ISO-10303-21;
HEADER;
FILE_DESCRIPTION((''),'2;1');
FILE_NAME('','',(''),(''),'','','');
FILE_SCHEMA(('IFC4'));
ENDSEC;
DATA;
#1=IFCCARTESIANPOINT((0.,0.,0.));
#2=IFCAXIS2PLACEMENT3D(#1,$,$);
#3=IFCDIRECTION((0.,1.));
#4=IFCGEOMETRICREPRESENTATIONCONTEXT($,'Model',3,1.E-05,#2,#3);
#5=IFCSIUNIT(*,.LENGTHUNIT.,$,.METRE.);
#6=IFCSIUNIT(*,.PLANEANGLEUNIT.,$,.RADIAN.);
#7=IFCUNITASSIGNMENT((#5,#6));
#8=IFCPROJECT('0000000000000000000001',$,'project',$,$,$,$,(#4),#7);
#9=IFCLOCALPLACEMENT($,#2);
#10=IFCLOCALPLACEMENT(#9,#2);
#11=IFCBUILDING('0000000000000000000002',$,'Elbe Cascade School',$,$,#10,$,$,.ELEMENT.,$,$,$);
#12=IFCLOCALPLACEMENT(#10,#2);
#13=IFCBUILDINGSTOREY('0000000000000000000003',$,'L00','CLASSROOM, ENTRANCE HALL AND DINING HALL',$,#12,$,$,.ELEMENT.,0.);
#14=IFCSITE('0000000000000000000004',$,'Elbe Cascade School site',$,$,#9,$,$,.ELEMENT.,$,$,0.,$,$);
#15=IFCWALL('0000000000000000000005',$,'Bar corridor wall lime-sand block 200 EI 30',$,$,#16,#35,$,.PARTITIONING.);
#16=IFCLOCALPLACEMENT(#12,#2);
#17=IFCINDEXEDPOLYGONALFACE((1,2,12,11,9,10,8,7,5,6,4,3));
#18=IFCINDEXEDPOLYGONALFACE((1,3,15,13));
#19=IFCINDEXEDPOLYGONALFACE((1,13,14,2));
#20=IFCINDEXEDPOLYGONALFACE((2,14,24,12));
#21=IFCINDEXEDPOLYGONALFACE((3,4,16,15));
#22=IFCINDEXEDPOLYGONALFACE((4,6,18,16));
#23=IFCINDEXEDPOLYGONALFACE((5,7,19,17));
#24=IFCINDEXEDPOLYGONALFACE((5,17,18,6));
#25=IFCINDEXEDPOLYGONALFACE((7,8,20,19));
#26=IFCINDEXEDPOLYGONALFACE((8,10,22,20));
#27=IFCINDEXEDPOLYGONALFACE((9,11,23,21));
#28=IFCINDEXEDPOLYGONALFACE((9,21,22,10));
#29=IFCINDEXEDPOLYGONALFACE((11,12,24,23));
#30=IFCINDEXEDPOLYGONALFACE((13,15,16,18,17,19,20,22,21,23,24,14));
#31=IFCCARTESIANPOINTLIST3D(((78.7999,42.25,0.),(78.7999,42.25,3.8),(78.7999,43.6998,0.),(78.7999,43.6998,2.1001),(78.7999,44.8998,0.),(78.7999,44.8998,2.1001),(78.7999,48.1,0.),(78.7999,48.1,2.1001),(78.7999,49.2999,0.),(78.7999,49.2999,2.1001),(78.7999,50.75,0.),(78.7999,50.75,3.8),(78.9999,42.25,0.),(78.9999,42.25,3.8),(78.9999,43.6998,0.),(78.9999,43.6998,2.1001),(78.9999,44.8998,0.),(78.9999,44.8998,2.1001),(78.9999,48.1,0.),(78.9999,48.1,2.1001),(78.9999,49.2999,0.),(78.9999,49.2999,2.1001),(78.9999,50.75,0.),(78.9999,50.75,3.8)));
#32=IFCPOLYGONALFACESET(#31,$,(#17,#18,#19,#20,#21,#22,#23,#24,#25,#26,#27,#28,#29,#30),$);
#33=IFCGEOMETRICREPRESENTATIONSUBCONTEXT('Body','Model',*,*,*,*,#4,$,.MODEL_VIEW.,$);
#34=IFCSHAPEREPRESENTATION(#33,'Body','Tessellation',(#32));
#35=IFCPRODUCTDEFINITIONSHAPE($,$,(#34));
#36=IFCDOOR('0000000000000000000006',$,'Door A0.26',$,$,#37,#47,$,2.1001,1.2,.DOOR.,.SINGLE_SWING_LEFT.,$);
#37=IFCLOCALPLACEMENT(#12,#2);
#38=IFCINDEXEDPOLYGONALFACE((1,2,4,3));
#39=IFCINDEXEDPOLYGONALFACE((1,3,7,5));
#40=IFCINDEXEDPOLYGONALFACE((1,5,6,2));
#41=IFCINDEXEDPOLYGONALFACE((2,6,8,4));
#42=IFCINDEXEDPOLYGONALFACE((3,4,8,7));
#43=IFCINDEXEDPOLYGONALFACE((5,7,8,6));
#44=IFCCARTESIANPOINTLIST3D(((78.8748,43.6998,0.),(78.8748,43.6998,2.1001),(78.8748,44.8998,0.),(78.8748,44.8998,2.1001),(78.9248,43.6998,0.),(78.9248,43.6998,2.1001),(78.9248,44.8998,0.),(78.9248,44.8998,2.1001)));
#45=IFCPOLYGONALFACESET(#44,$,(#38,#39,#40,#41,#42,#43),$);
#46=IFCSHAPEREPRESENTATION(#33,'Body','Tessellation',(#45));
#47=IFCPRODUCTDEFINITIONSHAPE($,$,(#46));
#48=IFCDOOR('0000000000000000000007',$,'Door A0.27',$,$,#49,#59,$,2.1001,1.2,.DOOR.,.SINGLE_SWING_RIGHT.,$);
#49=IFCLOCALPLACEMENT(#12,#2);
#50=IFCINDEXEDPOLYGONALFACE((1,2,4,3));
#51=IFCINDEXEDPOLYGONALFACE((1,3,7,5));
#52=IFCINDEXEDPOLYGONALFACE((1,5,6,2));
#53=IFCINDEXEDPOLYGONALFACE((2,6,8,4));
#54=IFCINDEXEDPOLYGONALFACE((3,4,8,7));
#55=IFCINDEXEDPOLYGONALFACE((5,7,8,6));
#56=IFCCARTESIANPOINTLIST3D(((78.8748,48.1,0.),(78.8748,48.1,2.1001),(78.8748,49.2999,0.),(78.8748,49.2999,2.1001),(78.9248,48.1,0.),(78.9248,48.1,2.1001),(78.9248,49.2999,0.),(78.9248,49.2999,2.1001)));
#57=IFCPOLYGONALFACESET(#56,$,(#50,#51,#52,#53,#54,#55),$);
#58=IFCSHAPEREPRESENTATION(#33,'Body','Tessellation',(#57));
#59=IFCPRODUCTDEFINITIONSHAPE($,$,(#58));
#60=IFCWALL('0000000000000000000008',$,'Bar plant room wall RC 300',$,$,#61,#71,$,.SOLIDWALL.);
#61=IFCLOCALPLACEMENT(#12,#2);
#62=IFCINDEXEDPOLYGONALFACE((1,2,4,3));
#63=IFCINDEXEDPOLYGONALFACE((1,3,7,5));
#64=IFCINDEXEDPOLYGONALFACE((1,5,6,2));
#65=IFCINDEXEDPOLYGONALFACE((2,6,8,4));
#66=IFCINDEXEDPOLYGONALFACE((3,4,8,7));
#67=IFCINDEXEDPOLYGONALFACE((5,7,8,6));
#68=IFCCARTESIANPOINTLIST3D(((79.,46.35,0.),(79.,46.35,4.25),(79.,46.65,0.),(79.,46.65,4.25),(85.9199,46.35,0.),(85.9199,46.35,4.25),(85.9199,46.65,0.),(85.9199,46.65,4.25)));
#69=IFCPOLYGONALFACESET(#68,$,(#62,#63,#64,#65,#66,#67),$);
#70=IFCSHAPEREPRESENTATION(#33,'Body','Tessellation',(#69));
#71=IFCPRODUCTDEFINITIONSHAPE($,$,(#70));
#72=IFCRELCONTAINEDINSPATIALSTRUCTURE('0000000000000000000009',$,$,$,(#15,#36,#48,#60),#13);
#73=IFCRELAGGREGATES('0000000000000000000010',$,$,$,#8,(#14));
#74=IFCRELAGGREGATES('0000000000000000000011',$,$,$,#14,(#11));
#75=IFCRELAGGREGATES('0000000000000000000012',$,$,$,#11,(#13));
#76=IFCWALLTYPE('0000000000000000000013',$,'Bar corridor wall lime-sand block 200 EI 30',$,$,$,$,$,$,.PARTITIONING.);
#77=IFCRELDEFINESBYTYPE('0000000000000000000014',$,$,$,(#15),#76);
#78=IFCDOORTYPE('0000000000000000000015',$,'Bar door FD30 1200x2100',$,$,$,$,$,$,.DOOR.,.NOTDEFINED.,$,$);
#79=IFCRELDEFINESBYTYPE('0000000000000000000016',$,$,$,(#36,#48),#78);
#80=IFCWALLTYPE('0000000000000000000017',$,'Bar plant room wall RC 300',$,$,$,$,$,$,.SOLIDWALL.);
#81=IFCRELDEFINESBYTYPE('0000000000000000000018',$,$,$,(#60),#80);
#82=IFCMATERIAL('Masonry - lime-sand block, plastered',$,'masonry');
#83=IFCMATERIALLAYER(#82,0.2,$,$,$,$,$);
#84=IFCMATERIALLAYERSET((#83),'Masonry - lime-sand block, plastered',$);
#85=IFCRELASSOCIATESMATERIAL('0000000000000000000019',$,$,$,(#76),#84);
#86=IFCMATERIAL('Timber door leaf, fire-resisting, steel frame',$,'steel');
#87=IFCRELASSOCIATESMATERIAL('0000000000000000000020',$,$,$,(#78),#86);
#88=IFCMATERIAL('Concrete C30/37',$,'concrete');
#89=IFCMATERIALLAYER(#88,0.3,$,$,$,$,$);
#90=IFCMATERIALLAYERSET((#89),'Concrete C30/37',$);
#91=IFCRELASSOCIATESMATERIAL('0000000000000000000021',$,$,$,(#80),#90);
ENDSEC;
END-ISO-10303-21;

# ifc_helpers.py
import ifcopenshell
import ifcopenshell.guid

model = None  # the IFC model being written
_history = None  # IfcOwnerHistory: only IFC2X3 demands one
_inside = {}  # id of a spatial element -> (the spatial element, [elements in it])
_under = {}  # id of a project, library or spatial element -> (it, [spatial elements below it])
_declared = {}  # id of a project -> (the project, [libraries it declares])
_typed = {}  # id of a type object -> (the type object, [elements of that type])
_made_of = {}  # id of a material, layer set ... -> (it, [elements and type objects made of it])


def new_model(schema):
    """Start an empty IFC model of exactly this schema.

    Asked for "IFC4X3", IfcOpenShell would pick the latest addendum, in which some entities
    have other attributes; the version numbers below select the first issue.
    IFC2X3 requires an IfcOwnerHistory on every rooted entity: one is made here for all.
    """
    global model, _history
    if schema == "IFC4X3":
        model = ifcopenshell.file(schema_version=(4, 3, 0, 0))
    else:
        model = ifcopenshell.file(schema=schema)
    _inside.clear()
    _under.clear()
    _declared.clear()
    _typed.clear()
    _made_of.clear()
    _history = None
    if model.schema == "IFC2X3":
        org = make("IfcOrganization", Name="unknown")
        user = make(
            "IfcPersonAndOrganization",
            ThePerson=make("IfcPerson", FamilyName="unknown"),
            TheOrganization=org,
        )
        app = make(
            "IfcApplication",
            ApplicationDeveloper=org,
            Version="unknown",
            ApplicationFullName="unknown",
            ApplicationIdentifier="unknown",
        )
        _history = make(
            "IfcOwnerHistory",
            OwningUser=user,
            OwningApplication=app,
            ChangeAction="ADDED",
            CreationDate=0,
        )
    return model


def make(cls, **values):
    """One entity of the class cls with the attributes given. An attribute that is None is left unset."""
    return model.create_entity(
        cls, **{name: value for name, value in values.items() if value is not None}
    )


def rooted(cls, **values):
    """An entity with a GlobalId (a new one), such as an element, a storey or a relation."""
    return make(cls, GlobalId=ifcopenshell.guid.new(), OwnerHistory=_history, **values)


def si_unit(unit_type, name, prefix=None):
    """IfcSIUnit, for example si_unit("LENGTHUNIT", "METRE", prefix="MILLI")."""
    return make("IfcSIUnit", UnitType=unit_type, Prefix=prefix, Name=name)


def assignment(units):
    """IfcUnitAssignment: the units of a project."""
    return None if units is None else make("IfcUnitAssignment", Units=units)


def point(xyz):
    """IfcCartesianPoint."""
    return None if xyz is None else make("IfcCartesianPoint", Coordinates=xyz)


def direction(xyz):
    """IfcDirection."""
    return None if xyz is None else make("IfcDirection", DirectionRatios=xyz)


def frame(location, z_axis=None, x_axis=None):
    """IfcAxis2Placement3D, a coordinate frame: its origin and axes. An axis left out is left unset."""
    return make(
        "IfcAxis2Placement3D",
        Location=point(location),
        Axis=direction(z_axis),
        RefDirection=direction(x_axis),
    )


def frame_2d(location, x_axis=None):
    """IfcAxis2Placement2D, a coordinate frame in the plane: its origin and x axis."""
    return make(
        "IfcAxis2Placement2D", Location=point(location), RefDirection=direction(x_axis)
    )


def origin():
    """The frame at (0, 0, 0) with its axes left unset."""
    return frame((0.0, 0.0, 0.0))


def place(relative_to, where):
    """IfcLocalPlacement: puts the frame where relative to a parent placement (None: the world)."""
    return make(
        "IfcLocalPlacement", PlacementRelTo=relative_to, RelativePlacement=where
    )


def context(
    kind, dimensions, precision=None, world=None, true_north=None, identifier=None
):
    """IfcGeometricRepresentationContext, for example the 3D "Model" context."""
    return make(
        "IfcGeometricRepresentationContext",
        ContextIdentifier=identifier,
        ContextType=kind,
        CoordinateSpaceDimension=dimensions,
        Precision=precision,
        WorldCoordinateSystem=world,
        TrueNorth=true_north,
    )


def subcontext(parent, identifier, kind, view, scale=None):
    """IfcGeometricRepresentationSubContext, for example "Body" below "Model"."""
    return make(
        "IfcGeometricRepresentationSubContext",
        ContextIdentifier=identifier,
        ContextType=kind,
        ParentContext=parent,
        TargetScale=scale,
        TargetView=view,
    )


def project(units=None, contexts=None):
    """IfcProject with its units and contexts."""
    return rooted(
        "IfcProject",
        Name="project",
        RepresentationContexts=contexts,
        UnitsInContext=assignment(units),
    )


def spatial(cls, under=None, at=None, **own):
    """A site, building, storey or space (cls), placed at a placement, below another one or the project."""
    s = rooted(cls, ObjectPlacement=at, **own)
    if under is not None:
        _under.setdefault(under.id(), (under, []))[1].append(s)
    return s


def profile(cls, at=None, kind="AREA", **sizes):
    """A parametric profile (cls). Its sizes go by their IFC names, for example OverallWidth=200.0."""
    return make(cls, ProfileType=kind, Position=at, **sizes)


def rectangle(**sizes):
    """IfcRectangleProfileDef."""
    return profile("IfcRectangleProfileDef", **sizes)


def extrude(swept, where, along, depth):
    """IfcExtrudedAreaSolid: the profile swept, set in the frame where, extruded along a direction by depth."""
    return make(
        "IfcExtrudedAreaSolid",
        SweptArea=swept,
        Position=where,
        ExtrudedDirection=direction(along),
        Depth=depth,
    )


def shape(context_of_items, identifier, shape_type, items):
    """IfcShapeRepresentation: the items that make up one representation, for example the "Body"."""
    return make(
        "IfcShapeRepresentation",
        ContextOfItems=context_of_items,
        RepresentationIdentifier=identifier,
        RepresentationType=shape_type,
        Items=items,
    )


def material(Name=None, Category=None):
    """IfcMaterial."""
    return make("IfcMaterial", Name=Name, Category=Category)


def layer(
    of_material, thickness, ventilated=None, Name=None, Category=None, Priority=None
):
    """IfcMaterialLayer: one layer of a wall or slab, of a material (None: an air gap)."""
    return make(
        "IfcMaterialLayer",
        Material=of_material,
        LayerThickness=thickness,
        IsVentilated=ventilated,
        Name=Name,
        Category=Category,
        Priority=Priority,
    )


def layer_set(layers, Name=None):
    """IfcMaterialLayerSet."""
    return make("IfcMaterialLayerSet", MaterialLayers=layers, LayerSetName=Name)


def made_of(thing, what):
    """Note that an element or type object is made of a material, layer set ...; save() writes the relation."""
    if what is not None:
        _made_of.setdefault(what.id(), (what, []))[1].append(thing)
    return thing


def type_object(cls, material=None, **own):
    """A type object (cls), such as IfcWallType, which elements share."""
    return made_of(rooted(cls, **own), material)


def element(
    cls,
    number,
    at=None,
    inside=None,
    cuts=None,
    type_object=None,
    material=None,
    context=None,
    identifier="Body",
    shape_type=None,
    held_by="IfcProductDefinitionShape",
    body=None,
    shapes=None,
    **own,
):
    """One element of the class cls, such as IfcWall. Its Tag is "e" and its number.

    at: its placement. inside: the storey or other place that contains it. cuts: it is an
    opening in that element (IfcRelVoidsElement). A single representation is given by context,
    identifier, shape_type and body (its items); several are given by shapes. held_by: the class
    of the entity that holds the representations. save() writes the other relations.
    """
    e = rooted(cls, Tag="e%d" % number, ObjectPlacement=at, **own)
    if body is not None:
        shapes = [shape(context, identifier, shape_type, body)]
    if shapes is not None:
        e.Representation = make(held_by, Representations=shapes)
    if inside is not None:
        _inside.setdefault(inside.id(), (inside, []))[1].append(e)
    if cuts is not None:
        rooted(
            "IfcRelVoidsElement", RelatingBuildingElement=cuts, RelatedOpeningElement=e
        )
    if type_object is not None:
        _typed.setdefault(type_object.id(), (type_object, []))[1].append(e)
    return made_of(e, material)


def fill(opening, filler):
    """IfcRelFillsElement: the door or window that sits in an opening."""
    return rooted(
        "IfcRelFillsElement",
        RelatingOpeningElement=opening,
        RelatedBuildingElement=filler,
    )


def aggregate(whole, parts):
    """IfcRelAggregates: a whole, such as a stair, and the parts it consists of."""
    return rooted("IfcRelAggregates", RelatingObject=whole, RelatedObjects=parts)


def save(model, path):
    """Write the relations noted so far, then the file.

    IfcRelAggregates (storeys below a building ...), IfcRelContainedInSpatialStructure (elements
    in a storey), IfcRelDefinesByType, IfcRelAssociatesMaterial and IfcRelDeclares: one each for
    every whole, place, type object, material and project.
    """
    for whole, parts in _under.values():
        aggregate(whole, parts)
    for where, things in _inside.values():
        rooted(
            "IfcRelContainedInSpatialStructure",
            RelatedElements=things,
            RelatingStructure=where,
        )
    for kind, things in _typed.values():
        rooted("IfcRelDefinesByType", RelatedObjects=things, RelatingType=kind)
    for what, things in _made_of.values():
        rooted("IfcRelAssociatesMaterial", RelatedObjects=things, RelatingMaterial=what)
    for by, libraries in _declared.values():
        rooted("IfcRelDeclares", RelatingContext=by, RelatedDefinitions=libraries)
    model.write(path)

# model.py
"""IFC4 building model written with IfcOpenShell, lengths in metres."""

from ifc_helpers import new_model, si_unit, direction, frame, frame_2d, origin, place, context, subcontext, project, spatial, rectangle, extrude, material, layer, layer_set, type_object, element, fill, save


model = new_model("IFC4")

# Units and contexts
model_context = context("Model", 3, precision=1e-05, world=origin(), true_north=direction((0.0, 1.0)))
body_context = subcontext(model_context, "Body", "Model", "MODEL_VIEW")
ifc_project = project(units=[si_unit("LENGTHUNIT", "METRE"), si_unit("PLANEANGLEUNIT", "RADIAN")], contexts=[model_context])

# Site, building, storey
site_placement = place(None, origin())
site = spatial("IfcSite", under=ifc_project, at=site_placement, Name="Elbe Cascade School site", CompositionType="ELEMENT", RefElevation=0.0)
building_placement = place(site_placement, origin())
building = spatial("IfcBuilding", under=site, at=building_placement, Name="Elbe Cascade School", CompositionType="ELEMENT")
storey_placement = place(building_placement, origin())
storey = spatial("IfcBuildingStorey", under=building, at=storey_placement, Name="L00", Description="CLASSROOM, ENTRANCE HALL AND DINING HALL", CompositionType="ELEMENT", Elevation=0.0)

# Wall, openings, doors
ifc_material_1 = material(Name="Masonry - lime-sand block, plastered", Category="masonry")
ifc_layer_1 = layer(ifc_material_1, 0.2)
ifc_layer_set_1 = layer_set([ifc_layer_1], Name="Masonry - lime-sand block, plastered")
wall_type_1 = type_object("IfcWallType", Name="Bar corridor wall lime-sand block 200 EI 30", PredefinedType="PARTITIONING", material=ifc_layer_set_1)
ifc_material_2 = material(Name="Timber door leaf, fire-resisting, steel frame", Category="steel")
door_type_1 = type_object("IfcDoorType", Name="Bar door FD30 1200x2100", OperationType="NOTDEFINED", PredefinedType="DOOR", material=ifc_material_2)
wall_1_placement = place(storey_placement, frame((78.8999, 50.75, 0.0), z_axis=(0.0, 0.0, 1.0), x_axis=(0.0, -1.0, 0.0)))
wall_1 = element("IfcWall", 1, at=wall_1_placement, inside=storey, type_object=wall_type_1, Name="Bar corridor wall lime-sand block 200 EI 30", PredefinedType="PARTITIONING", context=body_context, shape_type="SweptSolid", body=[
    extrude(rectangle(XDim=8.5, YDim=0.2, at=frame_2d((4.25, 0.0))), origin(), (0.0, 0.0, 1.0), 3.8),
])
opening_1_placement = place(wall_1_placement, frame((5.8501, 0.0, 0.0)))
opening_1 = element("IfcOpeningElement", 2, at=opening_1_placement, cuts=wall_1, PredefinedType="OPENING", context=body_context, shape_type="SweptSolid", body=[
    extrude(rectangle(XDim=1.2, YDim=2.1001, at=frame_2d((0.6001, 1.05))), frame((0.0, 0.1099, 0.0), z_axis=(0.0, -1.0, 0.0), x_axis=(1.0, 0.0, 0.0)), (0.0, 0.0, 1.0), 0.22),
])
opening_2_placement = place(wall_1_placement, frame((1.45, 0.0, 0.0)))
opening_2 = element("IfcOpeningElement", 3, at=opening_2_placement, cuts=wall_1, PredefinedType="OPENING", context=body_context, shape_type="SweptSolid", body=[
    extrude(rectangle(XDim=1.2, YDim=2.1001, at=frame_2d((0.6001, 1.05))), frame((0.0, 0.1099, 0.0), z_axis=(0.0, -1.0, 0.0), x_axis=(1.0, 0.0, 0.0)), (0.0, 0.0, 1.0), 0.22),
])
door_1_placement = place(opening_1_placement, origin())
door_1 = element("IfcDoor", 4, at=door_1_placement, inside=storey, type_object=door_type_1, Name="Door A0.26", OperationType="SINGLE_SWING_LEFT", OverallHeight=2.1001, OverallWidth=1.2, PredefinedType="DOOR", context=body_context, shape_type="SweptSolid", body=[
    extrude(rectangle(XDim=1.2, YDim=2.1001, at=frame_2d((0.6001, 1.05))), frame((0.0, 0.0249, 0.0), z_axis=(0.0, -1.0, 0.0), x_axis=(1.0, 0.0, 0.0)), (0.0, 0.0, 1.0), 0.05),
])
fill(opening_1, door_1)
door_2_placement = place(opening_2_placement, origin())
door_2 = element("IfcDoor", 5, at=door_2_placement, inside=storey, type_object=door_type_1, Name="Door A0.27", OperationType="SINGLE_SWING_RIGHT", OverallHeight=2.1001, OverallWidth=1.2, PredefinedType="DOOR", context=body_context, shape_type="SweptSolid", body=[
    extrude(rectangle(XDim=1.2, YDim=2.1001, at=frame_2d((0.6001, 1.05))), frame((0.0, 0.0249, 0.0), z_axis=(0.0, -1.0, 0.0), x_axis=(1.0, 0.0, 0.0)), (0.0, 0.0, 1.0), 0.05),
])
fill(opening_2, door_2)

# Wall
ifc_material_3 = material(Name="Concrete C30/37", Category="concrete")
ifc_layer_2 = layer(ifc_material_3, 0.3)
ifc_layer_set_2 = layer_set([ifc_layer_2], Name="Concrete C30/37")
wall_type_2 = type_object("IfcWallType", Name="Bar plant room wall RC 300", PredefinedType="SOLIDWALL", material=ifc_layer_set_2)
wall_2_placement = place(storey_placement, frame((79.0, 46.5, 0.0), z_axis=(0.0, 0.0, 1.0), x_axis=(1.0, 0.0, 0.0)))
element("IfcWall", 6, at=wall_2_placement, inside=storey, type_object=wall_type_2, Name="Bar plant room wall RC 300", PredefinedType="SOLIDWALL", context=body_context, shape_type="SweptSolid", body=[
    extrude(rectangle(XDim=6.9199, YDim=0.3, at=frame_2d((3.46, 0.0))), origin(), (0.0, 0.0, 1.0), 4.25),
])

save(model, "model.ifc")
